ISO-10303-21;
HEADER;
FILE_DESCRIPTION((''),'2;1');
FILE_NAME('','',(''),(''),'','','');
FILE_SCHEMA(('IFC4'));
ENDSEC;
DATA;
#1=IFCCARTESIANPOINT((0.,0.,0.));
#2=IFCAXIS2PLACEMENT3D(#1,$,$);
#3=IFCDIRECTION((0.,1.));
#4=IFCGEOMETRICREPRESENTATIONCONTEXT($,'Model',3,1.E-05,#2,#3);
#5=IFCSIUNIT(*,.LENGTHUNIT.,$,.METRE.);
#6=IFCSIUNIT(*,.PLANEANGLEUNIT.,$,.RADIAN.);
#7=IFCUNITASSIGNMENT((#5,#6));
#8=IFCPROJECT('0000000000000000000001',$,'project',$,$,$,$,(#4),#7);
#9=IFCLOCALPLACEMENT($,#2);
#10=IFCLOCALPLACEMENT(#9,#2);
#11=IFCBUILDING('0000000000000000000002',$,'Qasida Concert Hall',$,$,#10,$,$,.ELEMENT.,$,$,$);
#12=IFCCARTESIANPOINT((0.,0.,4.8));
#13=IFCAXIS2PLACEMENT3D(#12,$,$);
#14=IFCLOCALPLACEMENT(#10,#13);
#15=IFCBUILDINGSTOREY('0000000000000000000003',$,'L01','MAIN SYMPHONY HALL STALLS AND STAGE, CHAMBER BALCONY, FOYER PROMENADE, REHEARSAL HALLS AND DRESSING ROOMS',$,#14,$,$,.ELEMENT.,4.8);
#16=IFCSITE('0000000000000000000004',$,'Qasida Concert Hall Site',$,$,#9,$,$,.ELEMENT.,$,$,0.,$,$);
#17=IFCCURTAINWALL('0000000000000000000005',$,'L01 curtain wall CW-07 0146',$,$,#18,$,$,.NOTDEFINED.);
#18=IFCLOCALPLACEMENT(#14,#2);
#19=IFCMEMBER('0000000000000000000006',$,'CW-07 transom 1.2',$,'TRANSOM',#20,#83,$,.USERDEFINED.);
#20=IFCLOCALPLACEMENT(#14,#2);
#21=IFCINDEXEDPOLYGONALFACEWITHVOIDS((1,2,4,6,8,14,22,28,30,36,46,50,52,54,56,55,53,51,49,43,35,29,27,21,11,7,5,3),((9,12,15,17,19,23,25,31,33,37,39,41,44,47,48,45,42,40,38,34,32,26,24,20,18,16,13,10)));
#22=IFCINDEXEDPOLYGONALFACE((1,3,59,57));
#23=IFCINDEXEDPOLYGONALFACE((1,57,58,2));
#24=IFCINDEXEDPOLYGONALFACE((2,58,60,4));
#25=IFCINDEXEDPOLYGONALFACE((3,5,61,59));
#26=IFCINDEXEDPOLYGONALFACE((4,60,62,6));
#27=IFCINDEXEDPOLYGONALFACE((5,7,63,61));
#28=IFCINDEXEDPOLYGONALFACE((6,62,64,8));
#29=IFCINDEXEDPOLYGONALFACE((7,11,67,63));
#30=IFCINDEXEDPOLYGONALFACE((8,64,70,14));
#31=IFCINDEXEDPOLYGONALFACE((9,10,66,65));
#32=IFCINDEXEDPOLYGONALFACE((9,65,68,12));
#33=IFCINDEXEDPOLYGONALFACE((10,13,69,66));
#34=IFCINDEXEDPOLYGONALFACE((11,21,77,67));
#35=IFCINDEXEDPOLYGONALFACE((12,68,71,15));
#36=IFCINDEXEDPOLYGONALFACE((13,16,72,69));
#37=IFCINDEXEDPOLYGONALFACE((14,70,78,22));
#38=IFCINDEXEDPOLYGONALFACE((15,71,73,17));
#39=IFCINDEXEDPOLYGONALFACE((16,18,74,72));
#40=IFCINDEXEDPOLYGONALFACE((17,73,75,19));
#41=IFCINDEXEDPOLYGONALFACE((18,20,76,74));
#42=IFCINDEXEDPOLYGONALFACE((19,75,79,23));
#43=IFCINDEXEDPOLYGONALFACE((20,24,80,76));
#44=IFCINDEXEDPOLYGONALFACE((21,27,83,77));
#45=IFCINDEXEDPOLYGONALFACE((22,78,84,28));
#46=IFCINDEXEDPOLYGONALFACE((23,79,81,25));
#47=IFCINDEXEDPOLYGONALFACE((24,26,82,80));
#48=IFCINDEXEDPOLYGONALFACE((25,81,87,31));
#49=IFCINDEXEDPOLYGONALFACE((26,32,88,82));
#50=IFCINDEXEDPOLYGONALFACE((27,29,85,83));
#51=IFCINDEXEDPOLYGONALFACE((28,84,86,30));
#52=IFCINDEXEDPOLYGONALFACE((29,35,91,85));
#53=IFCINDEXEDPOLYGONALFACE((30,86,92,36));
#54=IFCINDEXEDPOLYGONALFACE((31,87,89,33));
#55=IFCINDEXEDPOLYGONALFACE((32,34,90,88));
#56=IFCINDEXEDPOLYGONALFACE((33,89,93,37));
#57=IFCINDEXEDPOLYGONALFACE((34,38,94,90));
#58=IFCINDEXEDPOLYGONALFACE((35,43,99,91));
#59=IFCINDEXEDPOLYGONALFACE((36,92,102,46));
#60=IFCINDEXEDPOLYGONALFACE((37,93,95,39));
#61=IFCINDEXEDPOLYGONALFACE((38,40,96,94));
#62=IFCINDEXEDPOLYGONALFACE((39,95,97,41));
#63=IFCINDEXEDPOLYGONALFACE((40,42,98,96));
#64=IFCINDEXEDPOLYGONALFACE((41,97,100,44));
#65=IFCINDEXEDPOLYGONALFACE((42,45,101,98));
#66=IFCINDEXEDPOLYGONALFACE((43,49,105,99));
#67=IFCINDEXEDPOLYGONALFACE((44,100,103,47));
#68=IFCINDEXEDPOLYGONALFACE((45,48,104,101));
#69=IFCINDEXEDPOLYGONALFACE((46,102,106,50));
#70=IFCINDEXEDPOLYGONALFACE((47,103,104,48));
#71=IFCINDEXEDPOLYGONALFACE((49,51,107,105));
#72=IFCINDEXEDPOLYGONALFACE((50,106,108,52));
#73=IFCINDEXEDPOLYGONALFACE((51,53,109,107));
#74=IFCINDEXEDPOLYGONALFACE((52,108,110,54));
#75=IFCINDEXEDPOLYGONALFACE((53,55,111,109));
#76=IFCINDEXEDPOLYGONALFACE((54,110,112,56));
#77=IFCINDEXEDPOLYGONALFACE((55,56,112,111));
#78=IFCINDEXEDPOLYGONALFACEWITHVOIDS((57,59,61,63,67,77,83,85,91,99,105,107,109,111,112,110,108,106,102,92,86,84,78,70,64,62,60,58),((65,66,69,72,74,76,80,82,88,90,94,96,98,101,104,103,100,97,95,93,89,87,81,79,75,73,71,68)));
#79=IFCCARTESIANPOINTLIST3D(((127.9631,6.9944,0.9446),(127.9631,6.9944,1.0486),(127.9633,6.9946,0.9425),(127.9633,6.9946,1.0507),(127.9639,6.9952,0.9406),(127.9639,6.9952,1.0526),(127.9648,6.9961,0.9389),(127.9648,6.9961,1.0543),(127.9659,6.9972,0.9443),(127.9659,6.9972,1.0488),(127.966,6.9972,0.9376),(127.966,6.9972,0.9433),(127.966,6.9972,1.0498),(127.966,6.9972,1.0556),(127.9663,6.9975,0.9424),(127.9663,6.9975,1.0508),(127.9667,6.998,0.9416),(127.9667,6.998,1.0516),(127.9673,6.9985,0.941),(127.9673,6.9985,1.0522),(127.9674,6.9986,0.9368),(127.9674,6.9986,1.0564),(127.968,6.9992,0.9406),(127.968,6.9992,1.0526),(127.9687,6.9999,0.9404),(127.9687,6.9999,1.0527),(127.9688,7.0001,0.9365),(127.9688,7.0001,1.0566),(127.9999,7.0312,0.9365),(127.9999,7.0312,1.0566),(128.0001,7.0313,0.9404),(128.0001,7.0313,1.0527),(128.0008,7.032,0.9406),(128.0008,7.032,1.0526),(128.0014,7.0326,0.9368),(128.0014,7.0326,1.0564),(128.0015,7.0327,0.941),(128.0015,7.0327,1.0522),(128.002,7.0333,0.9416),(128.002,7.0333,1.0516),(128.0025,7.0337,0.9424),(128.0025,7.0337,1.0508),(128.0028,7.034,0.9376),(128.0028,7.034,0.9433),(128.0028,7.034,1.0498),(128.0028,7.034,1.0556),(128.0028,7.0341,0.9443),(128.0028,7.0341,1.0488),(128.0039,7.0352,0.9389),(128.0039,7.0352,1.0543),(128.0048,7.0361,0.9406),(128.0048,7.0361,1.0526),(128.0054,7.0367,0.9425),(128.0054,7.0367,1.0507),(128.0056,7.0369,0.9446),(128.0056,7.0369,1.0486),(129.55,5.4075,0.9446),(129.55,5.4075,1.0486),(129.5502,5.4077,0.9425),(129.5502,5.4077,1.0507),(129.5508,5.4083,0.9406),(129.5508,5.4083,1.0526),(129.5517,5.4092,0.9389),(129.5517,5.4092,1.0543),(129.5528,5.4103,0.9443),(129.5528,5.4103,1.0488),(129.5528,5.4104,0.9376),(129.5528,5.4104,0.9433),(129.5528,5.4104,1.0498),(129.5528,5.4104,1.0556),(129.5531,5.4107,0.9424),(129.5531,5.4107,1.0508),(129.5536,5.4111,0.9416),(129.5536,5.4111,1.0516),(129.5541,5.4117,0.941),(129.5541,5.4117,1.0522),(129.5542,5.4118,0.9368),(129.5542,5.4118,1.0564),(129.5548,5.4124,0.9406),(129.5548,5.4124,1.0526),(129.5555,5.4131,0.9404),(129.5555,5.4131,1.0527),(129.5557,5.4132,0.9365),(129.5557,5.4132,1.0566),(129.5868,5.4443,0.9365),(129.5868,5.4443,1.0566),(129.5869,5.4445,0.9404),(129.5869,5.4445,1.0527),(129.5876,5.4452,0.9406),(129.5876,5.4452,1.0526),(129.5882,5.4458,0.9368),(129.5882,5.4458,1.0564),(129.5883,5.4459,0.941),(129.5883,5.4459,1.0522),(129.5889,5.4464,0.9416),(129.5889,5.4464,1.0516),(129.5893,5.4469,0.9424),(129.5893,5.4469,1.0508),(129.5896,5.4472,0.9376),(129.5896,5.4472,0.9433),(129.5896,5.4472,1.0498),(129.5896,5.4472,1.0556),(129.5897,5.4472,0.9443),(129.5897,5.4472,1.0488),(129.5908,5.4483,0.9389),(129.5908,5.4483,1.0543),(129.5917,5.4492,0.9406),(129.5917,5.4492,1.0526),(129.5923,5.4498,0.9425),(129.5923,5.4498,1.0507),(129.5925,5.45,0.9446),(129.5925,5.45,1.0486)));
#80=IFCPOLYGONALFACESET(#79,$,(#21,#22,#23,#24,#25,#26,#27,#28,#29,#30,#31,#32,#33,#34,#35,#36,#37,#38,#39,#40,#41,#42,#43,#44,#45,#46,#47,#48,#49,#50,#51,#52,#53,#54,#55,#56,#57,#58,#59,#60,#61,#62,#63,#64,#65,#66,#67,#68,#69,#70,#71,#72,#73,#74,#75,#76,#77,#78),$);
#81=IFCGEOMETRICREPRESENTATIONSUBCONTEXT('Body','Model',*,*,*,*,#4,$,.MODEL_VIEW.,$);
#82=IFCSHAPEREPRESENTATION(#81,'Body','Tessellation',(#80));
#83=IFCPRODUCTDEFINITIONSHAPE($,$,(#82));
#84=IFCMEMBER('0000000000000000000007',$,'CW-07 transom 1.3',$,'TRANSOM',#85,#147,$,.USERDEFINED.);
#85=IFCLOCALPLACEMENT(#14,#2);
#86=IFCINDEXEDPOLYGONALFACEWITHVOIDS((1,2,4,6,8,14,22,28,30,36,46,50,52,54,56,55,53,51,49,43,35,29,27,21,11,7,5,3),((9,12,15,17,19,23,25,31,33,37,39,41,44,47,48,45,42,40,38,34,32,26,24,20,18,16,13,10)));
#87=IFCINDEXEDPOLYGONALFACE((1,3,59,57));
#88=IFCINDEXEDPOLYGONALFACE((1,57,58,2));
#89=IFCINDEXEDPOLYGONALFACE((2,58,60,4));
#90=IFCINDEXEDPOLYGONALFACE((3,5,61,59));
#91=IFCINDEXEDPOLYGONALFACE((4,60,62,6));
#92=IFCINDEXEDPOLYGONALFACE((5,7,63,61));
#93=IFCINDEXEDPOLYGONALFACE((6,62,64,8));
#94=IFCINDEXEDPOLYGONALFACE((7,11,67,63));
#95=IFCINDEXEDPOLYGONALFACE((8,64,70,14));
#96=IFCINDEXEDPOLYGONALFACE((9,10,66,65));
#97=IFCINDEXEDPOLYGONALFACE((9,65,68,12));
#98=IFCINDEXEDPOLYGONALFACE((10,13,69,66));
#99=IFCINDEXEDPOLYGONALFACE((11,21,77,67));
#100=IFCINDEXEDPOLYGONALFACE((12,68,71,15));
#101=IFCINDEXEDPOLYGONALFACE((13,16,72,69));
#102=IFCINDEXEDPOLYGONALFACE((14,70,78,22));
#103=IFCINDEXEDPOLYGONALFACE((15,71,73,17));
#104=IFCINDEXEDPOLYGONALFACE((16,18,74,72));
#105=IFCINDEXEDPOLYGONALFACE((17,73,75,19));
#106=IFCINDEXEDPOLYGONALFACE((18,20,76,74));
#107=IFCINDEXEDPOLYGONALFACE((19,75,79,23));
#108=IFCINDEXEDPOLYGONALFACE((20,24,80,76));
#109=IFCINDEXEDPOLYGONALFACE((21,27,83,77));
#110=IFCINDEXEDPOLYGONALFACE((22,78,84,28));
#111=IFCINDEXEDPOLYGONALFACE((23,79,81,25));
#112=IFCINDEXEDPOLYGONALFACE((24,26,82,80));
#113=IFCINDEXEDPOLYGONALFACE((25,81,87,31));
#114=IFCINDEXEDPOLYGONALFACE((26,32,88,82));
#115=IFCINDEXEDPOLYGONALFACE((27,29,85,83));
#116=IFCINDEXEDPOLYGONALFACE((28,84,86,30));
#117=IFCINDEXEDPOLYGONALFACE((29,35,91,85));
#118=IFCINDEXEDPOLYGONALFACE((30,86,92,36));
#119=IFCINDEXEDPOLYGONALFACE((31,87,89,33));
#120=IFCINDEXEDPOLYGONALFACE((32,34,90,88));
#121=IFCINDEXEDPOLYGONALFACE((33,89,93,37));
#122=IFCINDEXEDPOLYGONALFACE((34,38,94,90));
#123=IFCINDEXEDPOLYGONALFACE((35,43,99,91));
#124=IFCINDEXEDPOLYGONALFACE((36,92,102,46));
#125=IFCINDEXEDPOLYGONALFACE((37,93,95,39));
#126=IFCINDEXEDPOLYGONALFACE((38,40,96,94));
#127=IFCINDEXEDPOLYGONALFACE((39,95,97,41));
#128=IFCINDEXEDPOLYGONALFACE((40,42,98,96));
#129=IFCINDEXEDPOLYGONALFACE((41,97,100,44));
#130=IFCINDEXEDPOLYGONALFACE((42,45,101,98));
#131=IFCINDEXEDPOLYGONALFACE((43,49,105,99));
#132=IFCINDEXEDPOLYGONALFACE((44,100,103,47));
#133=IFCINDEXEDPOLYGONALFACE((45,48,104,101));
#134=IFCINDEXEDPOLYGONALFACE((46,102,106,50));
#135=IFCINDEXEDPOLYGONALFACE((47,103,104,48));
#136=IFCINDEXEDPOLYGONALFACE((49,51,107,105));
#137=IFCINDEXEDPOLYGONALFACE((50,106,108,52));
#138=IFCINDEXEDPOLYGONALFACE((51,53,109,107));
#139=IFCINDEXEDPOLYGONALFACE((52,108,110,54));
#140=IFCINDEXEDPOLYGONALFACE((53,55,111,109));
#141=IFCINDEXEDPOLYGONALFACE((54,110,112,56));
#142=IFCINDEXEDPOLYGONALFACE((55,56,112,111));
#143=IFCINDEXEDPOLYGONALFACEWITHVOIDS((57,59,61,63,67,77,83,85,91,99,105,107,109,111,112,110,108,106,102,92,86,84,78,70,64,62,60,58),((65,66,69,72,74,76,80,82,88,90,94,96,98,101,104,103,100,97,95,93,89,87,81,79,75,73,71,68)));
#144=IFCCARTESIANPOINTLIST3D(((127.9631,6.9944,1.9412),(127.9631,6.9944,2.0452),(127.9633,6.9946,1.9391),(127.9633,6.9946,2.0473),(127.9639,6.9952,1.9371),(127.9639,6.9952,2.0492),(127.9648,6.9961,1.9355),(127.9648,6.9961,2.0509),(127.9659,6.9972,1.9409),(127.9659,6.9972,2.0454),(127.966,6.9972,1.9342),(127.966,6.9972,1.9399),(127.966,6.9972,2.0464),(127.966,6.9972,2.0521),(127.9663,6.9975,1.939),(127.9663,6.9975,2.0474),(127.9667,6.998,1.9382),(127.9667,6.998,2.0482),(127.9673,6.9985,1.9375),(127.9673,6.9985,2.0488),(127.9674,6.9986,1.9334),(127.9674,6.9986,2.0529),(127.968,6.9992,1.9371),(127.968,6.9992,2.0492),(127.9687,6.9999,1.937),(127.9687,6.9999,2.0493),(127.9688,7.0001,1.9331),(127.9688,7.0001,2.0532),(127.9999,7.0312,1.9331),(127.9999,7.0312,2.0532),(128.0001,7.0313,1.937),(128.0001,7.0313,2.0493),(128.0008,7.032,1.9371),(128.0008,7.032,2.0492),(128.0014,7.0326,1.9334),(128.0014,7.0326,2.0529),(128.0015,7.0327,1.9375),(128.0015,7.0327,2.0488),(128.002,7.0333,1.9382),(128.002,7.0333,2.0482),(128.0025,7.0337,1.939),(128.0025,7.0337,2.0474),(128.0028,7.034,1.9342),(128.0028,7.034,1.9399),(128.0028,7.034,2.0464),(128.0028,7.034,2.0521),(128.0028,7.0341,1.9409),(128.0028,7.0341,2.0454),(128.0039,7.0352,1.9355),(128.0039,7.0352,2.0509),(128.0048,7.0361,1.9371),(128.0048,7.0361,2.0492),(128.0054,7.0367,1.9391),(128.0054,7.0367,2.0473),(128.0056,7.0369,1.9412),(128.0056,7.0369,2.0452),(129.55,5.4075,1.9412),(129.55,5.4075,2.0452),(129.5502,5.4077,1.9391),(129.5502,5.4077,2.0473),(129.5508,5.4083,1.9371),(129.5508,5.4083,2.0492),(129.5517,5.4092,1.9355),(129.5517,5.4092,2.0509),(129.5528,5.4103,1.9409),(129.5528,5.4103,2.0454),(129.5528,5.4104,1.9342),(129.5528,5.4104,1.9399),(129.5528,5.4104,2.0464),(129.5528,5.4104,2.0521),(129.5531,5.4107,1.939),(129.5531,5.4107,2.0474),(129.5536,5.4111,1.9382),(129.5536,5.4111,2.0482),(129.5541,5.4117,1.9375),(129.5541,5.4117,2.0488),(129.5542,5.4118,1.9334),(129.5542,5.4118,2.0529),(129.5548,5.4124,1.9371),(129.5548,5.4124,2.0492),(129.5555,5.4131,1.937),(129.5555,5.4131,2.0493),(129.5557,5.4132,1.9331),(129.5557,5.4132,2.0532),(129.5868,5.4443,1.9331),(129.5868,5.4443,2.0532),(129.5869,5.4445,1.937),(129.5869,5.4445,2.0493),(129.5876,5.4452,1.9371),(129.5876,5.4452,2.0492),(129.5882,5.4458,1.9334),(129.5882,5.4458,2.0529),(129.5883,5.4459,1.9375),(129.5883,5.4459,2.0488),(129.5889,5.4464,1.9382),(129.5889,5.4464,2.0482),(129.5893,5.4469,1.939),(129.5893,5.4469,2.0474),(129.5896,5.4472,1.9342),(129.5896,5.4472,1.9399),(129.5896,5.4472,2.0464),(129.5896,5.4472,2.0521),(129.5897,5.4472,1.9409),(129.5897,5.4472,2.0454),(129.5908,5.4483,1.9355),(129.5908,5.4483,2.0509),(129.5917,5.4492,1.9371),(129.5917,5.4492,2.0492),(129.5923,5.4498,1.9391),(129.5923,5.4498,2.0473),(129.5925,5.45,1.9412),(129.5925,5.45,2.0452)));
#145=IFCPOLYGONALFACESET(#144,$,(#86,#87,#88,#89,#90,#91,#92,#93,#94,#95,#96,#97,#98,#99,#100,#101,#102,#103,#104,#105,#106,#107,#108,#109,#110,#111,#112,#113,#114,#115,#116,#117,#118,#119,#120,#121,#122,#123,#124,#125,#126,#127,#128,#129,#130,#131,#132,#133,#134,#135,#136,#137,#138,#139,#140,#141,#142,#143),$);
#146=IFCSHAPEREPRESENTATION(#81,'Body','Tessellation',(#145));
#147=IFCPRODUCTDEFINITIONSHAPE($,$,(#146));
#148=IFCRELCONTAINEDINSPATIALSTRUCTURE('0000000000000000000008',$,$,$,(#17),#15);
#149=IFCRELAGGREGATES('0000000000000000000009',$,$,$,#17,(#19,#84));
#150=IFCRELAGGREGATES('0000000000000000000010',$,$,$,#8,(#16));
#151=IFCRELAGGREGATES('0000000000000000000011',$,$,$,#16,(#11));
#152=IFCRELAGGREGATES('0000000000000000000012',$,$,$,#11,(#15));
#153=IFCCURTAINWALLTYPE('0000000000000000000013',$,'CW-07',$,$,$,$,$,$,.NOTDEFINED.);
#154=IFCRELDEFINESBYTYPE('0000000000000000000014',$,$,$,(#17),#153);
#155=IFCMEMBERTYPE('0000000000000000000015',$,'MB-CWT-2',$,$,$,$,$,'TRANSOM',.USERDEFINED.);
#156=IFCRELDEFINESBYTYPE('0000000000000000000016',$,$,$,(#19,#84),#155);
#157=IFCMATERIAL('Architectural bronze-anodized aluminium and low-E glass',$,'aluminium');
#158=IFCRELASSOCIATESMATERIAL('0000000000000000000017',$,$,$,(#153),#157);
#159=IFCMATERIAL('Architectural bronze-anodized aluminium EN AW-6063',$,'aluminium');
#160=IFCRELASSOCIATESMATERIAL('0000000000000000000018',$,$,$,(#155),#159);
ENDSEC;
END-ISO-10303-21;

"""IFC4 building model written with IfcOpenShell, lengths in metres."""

from ifc_helpers import new_model, si_unit, direction, frame, origin, origin_2d, place, context, subcontext, project, spatial, hollow_rectangle, extrude, material, material_profile, profile_set, type_object, element, aggregate, save


model = new_model("IFC4")

# Units and contexts
model_context = context("Model", 3, precision=1e-05, world=origin(), true_north=direction((0.0, 1.0)))
body_context = subcontext(model_context, "Body", "Model", "MODEL_VIEW")
ifc_project = project(units=[si_unit("LENGTHUNIT", "METRE"), si_unit("PLANEANGLEUNIT", "RADIAN")], contexts=[model_context])

# Site, building, storey
site_placement = place(None, origin())
site = spatial("IfcSite", under=ifc_project, at=site_placement, Name="Qasida Concert Hall Site", CompositionType="ELEMENT", RefElevation=0.0)
building_placement = place(site_placement, origin())
building = spatial("IfcBuilding", under=site, at=building_placement, Name="Qasida Concert Hall", CompositionType="ELEMENT")
storey_placement = place(building_placement, frame((0.0, 0.0, 4.8)))
storey = spatial("IfcBuildingStorey", under=building, at=storey_placement, Name="L01", Description="MAIN SYMPHONY HALL STALLS AND STAGE, CHAMBER BALCONY, FOYER PROMENADE, REHEARSAL HALLS AND DRESSING ROOMS", CompositionType="ELEMENT", Elevation=4.8)

# Curtain wall
ifc_material_1 = material(Name="Architectural bronze-anodized aluminium and low-E glass", Category="aluminium")
curtain_wall_type = type_object("IfcCurtainWallType", Name="CW-07", PredefinedType="NOTDEFINED", material=ifc_material_1)
curtain_wall_1_placement = place(storey_placement, origin())
curtain_wall_1 = element("IfcCurtainWall", 1, at=curtain_wall_1_placement, inside=storey, type_object=curtain_wall_type, Name="L01 curtain wall CW-07 0146", PredefinedType="NOTDEFINED")
ifc_material_2 = material(Name="Architectural bronze-anodized aluminium EN AW-6063", Category="aluminium")

# Members
ifc_material_profile_1 = material_profile(ifc_material_2, hollow_rectangle(XDim=0.0601, YDim=0.1201, WallThickness=0.0039, InnerFilletRadius=0.0039, OuterFilletRadius=0.0081, at=origin_2d()), Name="CWT 120x60x4")
ifc_profile_set_1 = profile_set([ifc_material_profile_1], Name="Architectural bronze-anodized aluminium EN AW-6063")
member_type_1 = type_object("IfcMemberType", Name="MB-CWT-2", ElementType="TRANSOM", PredefinedType="USERDEFINED", material=ifc_profile_set_1)
member_1_placement = place(storey_placement, frame((127.9844, 7.0156, 0.9966), z_axis=(0.707107, -0.707107, 0.0), x_axis=(0.707107, 0.707107, 0.0)))
member_1 = element("IfcMember", 2, at=member_1_placement, type_object=member_type_1, Name="CW-07 transom 1.2", ObjectType="TRANSOM", PredefinedType="USERDEFINED", context=body_context, shape_type="SweptSolid", body=[
    extrude(hollow_rectangle(XDim=0.0601, YDim=0.1201, WallThickness=0.0039, InnerFilletRadius=0.0039, OuterFilletRadius=0.0081, at=origin_2d()), origin(), (0.0, 0.0, 1.0), 2.2441),
])
member_2_placement = place(storey_placement, frame((127.9844, 7.0156, 1.9932), z_axis=(0.707107, -0.707107, 0.0), x_axis=(0.707107, 0.707107, 0.0)))
member_2 = element("IfcMember", 3, at=member_2_placement, type_object=member_type_1, Name="CW-07 transom 1.3", ObjectType="TRANSOM", PredefinedType="USERDEFINED", context=body_context, shape_type="SweptSolid", body=[
    extrude(hollow_rectangle(XDim=0.0601, YDim=0.1201, WallThickness=0.0039, InnerFilletRadius=0.0039, OuterFilletRadius=0.0081, at=origin_2d()), origin(), (0.0, 0.0, 1.0), 2.2441),
])
aggregate(curtain_wall_1, [member_1, member_2])

save(model, "model.ifc")
